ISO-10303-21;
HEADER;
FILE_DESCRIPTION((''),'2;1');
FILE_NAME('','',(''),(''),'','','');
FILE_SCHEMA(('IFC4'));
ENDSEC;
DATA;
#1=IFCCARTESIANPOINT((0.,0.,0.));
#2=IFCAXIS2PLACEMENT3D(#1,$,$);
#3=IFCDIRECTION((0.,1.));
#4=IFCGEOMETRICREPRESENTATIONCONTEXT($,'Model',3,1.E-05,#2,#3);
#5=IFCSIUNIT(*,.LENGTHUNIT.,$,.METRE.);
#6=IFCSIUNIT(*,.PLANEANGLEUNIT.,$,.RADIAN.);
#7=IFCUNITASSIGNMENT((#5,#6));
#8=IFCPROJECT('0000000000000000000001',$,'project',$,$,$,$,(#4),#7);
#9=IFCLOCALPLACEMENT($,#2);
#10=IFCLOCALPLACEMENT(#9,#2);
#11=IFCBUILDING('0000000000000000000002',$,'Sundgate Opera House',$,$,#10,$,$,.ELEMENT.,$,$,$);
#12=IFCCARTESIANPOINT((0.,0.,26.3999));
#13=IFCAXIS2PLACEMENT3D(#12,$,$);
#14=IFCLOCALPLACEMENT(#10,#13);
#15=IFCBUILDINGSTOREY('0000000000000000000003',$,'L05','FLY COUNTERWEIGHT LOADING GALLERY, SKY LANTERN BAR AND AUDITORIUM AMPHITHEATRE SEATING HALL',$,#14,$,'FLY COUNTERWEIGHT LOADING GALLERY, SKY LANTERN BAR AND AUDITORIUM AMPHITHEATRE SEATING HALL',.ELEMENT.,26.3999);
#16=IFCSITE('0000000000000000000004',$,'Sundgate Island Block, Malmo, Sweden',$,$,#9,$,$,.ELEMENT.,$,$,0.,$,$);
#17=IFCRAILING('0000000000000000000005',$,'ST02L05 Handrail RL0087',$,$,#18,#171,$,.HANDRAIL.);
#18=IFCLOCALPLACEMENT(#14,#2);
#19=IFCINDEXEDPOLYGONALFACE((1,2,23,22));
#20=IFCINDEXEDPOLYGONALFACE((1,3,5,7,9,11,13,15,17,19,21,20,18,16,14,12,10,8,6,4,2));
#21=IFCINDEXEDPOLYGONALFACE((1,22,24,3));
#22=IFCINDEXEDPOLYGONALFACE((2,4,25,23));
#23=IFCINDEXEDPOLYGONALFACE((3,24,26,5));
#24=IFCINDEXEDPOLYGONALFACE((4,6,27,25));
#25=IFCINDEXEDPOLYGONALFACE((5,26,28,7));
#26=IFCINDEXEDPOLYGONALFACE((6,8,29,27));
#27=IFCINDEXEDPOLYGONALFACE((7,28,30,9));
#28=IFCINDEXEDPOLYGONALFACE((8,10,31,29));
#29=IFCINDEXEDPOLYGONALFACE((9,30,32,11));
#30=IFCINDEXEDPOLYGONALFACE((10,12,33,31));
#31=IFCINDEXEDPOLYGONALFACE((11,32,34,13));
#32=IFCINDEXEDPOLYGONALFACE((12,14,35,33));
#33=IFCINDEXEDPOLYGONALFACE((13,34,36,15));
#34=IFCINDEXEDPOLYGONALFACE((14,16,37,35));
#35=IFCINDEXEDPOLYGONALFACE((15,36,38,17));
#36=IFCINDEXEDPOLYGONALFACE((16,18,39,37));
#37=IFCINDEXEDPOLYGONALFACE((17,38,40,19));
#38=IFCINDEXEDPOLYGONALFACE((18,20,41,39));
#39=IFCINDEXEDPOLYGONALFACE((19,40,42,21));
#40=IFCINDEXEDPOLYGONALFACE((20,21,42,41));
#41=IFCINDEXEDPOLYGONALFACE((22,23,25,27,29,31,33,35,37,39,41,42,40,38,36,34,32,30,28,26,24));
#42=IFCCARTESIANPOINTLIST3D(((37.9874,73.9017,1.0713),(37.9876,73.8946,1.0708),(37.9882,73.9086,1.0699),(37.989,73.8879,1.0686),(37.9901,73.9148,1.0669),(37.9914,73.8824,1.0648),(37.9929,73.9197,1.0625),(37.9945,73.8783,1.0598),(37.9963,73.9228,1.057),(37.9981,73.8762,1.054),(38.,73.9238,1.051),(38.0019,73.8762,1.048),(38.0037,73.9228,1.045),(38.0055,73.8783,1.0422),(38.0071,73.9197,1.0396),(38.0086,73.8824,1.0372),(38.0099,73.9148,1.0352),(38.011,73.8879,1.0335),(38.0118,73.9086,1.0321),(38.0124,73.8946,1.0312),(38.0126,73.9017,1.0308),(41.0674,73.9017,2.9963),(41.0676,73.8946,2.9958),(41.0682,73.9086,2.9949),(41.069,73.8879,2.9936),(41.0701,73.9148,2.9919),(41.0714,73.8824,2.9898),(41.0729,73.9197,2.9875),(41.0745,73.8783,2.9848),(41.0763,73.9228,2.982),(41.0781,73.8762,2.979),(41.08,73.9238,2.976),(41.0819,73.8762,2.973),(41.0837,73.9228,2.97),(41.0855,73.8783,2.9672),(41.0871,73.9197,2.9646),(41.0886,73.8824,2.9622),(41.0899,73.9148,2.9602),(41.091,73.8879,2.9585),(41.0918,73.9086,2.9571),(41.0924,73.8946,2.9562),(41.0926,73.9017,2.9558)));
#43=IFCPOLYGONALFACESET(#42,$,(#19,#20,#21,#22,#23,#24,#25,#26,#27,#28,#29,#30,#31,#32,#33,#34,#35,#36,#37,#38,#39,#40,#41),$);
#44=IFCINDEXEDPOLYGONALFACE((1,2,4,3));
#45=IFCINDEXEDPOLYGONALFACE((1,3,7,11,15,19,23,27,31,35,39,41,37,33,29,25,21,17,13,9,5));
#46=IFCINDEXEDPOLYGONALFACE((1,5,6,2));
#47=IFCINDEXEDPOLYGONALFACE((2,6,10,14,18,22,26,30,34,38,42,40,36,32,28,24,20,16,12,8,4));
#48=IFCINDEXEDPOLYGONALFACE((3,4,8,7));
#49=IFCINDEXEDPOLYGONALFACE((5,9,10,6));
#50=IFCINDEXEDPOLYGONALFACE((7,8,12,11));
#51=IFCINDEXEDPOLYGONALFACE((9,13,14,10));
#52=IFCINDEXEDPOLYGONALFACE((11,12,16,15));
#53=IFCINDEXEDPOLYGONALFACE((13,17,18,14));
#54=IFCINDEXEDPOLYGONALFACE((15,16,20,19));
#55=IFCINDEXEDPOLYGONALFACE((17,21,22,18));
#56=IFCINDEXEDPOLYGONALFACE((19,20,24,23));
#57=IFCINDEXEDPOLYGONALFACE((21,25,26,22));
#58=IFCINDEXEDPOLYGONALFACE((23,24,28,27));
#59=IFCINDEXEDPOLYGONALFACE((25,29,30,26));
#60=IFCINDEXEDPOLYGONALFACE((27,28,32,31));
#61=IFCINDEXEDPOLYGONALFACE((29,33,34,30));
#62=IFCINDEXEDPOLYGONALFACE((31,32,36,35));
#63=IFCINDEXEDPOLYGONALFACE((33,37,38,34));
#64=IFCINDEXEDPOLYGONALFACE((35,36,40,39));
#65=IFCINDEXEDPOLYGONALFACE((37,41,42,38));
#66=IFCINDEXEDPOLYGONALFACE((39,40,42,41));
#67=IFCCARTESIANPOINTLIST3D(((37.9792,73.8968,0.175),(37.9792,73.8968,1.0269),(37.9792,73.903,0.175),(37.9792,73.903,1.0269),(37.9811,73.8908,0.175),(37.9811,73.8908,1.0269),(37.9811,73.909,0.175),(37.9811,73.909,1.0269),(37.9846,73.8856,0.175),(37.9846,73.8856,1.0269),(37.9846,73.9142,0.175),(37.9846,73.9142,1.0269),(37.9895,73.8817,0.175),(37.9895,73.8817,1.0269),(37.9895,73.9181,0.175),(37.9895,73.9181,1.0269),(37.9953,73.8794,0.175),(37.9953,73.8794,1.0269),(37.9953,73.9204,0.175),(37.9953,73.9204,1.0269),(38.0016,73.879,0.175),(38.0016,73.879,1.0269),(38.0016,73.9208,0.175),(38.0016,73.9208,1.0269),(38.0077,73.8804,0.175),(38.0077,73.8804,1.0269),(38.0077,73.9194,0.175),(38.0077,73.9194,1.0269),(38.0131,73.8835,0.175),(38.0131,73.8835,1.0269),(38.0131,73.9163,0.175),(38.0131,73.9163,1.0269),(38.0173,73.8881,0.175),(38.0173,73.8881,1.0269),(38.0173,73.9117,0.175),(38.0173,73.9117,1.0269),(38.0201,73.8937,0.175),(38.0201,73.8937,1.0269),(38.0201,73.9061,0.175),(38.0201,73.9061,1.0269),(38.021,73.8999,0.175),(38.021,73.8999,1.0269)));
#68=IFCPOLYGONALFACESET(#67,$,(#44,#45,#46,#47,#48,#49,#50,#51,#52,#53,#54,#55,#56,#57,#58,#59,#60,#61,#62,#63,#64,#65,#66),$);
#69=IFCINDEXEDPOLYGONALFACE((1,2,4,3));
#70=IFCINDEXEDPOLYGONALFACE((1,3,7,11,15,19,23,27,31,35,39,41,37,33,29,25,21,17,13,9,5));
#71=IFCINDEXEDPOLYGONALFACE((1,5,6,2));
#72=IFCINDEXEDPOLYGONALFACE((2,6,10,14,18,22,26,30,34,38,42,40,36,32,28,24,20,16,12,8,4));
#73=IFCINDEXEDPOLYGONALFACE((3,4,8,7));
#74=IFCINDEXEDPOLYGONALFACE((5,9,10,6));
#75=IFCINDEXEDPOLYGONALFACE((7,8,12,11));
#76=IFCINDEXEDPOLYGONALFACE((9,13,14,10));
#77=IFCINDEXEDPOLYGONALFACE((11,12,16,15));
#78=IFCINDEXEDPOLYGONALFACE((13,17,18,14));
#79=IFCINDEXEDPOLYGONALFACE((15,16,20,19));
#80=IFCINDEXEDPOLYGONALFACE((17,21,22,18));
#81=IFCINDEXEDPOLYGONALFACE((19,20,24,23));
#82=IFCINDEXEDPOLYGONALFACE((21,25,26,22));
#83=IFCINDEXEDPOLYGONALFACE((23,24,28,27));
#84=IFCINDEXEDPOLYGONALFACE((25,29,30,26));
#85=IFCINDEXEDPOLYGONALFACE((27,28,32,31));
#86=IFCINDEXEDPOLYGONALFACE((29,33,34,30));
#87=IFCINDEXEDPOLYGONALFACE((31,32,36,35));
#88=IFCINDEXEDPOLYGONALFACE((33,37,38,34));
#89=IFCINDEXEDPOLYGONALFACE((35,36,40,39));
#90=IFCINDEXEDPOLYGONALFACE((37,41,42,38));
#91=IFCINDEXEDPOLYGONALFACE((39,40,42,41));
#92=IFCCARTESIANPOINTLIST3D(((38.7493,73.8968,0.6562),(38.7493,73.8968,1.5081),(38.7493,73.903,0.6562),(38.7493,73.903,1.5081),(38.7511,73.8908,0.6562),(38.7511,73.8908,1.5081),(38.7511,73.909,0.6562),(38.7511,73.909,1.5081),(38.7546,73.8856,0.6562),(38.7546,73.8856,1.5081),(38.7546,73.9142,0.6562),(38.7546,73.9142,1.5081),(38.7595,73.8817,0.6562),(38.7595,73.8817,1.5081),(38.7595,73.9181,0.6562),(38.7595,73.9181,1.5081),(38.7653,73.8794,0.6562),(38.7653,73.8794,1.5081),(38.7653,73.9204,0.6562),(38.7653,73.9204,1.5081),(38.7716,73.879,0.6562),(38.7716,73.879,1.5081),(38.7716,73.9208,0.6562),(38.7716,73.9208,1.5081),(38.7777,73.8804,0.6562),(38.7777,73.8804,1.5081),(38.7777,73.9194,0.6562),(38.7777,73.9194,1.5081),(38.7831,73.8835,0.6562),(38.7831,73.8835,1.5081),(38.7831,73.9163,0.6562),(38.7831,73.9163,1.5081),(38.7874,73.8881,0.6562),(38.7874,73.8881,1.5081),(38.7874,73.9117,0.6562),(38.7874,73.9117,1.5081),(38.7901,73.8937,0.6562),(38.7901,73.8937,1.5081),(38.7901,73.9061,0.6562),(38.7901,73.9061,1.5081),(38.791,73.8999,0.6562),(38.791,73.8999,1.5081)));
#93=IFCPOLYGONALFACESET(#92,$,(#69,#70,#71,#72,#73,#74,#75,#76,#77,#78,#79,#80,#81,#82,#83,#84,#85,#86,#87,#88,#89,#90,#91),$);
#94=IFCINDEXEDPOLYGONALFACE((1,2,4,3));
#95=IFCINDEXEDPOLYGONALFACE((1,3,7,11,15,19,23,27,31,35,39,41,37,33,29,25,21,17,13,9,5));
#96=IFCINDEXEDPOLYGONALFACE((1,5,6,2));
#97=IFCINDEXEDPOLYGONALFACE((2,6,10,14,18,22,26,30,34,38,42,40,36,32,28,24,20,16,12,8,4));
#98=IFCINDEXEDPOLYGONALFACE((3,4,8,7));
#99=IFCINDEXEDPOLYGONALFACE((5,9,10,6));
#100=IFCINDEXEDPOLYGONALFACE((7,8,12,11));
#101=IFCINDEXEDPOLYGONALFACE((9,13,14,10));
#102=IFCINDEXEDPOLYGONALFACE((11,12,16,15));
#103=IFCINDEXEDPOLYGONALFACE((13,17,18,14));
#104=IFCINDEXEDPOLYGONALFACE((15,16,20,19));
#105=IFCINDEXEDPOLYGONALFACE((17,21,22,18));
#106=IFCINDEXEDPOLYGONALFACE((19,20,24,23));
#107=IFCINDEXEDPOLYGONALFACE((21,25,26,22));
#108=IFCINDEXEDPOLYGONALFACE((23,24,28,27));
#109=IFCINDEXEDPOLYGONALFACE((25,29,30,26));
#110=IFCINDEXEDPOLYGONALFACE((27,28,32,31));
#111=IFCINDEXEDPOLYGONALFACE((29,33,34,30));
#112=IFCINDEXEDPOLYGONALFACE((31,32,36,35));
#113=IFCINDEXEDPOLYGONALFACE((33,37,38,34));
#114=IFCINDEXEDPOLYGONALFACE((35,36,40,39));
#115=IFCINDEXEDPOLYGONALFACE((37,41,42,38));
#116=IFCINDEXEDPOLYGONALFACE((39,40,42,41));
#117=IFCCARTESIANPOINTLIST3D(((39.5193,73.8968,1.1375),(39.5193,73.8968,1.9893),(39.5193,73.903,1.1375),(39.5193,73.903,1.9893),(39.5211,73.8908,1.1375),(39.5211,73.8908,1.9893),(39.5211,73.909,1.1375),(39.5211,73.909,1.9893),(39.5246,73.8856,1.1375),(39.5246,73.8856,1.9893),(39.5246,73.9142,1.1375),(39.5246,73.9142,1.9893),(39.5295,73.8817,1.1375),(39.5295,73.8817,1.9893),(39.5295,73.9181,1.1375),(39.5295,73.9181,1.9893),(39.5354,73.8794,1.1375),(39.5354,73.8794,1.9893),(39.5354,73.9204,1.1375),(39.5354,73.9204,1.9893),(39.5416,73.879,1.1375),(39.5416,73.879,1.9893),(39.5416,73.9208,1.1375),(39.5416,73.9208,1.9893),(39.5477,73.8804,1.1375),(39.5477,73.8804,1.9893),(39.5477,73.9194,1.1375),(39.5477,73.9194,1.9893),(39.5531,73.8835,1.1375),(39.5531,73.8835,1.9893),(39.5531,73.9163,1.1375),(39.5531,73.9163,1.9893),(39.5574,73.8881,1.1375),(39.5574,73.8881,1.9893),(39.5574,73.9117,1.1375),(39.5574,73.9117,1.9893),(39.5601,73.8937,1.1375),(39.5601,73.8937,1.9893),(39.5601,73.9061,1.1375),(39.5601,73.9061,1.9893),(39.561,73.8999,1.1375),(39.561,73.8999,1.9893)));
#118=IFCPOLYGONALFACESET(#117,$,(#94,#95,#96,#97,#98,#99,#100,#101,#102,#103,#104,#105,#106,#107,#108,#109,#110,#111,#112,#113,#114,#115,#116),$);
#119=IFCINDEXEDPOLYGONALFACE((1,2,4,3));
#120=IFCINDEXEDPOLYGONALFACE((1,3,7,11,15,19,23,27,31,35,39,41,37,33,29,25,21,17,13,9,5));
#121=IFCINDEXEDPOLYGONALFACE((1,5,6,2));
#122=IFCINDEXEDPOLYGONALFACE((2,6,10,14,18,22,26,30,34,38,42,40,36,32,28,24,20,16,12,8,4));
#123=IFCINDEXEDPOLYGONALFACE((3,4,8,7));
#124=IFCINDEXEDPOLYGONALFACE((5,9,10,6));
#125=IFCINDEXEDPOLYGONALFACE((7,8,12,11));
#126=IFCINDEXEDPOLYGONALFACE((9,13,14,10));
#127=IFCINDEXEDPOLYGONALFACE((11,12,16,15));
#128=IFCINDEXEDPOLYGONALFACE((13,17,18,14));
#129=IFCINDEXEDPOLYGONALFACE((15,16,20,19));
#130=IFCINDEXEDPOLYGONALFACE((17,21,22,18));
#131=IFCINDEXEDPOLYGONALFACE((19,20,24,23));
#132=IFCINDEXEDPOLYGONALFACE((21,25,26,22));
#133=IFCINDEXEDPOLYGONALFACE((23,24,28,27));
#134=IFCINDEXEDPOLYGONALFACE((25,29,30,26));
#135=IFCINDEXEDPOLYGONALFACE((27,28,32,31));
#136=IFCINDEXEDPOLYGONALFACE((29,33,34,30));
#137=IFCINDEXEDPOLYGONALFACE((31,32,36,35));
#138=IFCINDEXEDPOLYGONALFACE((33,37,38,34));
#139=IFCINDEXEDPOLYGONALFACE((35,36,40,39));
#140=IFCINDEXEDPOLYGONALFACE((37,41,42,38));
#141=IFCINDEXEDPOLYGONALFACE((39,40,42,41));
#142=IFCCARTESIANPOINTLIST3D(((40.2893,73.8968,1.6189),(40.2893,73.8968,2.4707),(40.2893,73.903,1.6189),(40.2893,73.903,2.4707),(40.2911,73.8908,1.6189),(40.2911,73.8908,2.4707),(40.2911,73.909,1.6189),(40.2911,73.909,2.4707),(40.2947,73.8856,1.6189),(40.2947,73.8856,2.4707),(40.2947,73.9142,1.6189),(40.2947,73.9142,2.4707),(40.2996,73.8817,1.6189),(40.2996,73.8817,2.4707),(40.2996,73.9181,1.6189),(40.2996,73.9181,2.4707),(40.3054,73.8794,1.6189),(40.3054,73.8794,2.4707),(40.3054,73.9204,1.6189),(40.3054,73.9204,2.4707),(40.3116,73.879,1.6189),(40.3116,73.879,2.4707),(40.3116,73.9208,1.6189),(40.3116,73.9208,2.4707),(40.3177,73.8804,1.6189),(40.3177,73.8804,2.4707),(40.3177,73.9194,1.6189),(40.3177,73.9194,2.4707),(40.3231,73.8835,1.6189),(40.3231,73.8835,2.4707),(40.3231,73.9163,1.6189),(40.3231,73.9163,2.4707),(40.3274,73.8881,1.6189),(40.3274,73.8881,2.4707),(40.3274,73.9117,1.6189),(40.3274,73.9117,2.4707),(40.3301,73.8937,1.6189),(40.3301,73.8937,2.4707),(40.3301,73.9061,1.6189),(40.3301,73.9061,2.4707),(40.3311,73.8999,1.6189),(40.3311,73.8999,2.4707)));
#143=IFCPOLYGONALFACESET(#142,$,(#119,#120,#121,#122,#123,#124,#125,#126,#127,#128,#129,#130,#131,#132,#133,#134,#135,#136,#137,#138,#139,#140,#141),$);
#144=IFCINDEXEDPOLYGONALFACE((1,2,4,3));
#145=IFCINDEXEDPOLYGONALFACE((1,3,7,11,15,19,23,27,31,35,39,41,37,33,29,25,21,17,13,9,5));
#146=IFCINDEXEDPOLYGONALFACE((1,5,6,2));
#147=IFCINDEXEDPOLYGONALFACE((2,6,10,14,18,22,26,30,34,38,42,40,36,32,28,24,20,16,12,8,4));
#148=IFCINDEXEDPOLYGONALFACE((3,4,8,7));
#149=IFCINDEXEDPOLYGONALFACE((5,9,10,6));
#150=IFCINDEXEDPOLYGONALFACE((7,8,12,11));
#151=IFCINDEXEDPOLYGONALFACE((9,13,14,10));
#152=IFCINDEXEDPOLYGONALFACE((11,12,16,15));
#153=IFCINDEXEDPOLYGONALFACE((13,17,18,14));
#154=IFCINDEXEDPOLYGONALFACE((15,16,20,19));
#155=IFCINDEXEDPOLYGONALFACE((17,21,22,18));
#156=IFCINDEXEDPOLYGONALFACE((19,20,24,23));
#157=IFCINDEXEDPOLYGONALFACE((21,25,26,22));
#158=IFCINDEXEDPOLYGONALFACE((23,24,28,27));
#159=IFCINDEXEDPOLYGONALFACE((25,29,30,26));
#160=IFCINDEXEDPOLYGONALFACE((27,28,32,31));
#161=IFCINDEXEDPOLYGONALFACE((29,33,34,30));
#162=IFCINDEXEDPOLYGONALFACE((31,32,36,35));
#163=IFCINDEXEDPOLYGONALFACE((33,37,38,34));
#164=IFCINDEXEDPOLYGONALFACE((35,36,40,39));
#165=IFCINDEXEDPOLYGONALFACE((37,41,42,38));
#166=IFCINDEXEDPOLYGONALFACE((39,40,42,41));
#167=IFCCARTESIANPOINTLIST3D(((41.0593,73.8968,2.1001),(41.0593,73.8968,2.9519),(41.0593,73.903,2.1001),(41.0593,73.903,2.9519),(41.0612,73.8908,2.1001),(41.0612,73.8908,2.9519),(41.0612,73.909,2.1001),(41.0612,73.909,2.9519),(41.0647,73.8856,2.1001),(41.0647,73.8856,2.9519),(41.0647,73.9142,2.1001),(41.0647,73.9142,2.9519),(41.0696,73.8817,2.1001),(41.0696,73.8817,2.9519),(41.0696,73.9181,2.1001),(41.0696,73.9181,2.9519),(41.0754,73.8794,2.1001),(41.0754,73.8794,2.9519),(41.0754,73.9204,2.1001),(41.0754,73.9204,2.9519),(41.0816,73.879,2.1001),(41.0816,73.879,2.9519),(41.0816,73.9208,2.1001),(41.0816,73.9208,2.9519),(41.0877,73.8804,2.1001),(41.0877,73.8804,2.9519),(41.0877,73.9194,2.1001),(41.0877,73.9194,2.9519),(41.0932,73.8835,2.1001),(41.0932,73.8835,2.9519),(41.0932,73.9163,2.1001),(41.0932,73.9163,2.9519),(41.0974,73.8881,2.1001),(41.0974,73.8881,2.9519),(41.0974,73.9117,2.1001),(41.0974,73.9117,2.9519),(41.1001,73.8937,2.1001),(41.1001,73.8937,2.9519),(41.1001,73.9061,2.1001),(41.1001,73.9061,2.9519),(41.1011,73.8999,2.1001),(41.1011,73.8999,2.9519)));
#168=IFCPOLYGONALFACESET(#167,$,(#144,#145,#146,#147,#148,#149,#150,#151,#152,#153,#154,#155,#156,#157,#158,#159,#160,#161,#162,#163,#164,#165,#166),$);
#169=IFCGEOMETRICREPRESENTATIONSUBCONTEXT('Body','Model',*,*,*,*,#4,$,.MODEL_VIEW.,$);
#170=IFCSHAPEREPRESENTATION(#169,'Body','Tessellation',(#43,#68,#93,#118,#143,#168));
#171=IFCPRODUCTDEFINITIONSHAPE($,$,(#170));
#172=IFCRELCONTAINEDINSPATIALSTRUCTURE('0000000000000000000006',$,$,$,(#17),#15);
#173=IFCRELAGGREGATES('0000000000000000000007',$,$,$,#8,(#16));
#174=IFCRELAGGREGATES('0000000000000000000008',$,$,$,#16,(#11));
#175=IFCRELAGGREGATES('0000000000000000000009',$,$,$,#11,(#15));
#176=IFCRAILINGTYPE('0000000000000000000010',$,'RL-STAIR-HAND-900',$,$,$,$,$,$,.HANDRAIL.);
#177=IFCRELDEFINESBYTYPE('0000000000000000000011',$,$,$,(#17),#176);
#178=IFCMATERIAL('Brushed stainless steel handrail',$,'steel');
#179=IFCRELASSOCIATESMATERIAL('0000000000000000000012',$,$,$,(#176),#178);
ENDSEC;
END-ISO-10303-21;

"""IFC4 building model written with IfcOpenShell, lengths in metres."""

from ifc_helpers import new_model, si_unit, direction, frame, origin, origin_2d, place, context, subcontext, project, spatial, circle, extrude, material, type_object, element, save


model = new_model("IFC4")

# Units and contexts
model_context = context("Model", 3, precision=1e-05, world=origin(), true_north=direction((0.0, 1.0)))
body_context = subcontext(model_context, "Body", "Model", "MODEL_VIEW")
ifc_project = project(units=[si_unit("LENGTHUNIT", "METRE"), si_unit("PLANEANGLEUNIT", "RADIAN")], contexts=[model_context])

# Site, building, storey
site_placement = place(None, origin())
site = spatial("IfcSite", under=ifc_project, at=site_placement, Name="Sundgate Island Block, Malmo, Sweden", CompositionType="ELEMENT", RefElevation=0.0)
building_placement = place(site_placement, origin())
building = spatial("IfcBuilding", under=site, at=building_placement, Name="Sundgate Opera House", CompositionType="ELEMENT")
storey_placement = place(building_placement, frame((0.0, 0.0, 26.3999)))
storey = spatial("IfcBuildingStorey", under=building, at=storey_placement, Name="L05", Description="FLY COUNTERWEIGHT LOADING GALLERY, SKY LANTERN BAR AND AUDITORIUM AMPHITHEATRE SEATING HALL", LongName="FLY COUNTERWEIGHT LOADING GALLERY, SKY LANTERN BAR AND AUDITORIUM AMPHITHEATRE SEATING HALL", CompositionType="ELEMENT", Elevation=26.3999)

# Railing
ifc_material_1 = material(Name="Brushed stainless steel handrail", Category="steel")
railing_type_1 = type_object("IfcRailingType", Name="RL-STAIR-HAND-900", PredefinedType="HANDRAIL", material=ifc_material_1)
railing_1_placement = place(storey_placement, frame((38.0, 73.8999, 0.175)))
element("IfcRailing", 1, at=railing_1_placement, inside=storey, type_object=railing_type_1, Name="ST02L05 Handrail RL0087", PredefinedType="HANDRAIL", context=body_context, shape_type="SweptSolid", body=[
    extrude(circle(Radius=0.0239, at=origin_2d()), frame((0.0, 0.0, 0.876), z_axis=(0.847998, 0.0, 0.529999), x_axis=(0.0, 1.0, 0.0)), (0.0, 0.0, 1.0), 3.6321),
    extrude(circle(Radius=0.021, at=origin_2d()), origin(), (0.0, 0.0, 1.0), 0.8518),
    extrude(circle(Radius=0.021, at=origin_2d()), frame((0.77, 0.0, 0.4812)), (0.0, 0.0, 1.0), 0.8518),
    extrude(circle(Radius=0.021, at=origin_2d()), frame((1.54, 0.0, 0.9624)), (0.0, 0.0, 1.0), 0.8518),
    extrude(circle(Radius=0.021, at=origin_2d()), frame((2.3101, 0.0, 1.4438)), (0.0, 0.0, 1.0), 0.8518),
    extrude(circle(Radius=0.021, at=origin_2d()), frame((3.0801, 0.0, 1.925)), (0.0, 0.0, 1.0), 0.8518),
])

save(model, "model.ifc")
